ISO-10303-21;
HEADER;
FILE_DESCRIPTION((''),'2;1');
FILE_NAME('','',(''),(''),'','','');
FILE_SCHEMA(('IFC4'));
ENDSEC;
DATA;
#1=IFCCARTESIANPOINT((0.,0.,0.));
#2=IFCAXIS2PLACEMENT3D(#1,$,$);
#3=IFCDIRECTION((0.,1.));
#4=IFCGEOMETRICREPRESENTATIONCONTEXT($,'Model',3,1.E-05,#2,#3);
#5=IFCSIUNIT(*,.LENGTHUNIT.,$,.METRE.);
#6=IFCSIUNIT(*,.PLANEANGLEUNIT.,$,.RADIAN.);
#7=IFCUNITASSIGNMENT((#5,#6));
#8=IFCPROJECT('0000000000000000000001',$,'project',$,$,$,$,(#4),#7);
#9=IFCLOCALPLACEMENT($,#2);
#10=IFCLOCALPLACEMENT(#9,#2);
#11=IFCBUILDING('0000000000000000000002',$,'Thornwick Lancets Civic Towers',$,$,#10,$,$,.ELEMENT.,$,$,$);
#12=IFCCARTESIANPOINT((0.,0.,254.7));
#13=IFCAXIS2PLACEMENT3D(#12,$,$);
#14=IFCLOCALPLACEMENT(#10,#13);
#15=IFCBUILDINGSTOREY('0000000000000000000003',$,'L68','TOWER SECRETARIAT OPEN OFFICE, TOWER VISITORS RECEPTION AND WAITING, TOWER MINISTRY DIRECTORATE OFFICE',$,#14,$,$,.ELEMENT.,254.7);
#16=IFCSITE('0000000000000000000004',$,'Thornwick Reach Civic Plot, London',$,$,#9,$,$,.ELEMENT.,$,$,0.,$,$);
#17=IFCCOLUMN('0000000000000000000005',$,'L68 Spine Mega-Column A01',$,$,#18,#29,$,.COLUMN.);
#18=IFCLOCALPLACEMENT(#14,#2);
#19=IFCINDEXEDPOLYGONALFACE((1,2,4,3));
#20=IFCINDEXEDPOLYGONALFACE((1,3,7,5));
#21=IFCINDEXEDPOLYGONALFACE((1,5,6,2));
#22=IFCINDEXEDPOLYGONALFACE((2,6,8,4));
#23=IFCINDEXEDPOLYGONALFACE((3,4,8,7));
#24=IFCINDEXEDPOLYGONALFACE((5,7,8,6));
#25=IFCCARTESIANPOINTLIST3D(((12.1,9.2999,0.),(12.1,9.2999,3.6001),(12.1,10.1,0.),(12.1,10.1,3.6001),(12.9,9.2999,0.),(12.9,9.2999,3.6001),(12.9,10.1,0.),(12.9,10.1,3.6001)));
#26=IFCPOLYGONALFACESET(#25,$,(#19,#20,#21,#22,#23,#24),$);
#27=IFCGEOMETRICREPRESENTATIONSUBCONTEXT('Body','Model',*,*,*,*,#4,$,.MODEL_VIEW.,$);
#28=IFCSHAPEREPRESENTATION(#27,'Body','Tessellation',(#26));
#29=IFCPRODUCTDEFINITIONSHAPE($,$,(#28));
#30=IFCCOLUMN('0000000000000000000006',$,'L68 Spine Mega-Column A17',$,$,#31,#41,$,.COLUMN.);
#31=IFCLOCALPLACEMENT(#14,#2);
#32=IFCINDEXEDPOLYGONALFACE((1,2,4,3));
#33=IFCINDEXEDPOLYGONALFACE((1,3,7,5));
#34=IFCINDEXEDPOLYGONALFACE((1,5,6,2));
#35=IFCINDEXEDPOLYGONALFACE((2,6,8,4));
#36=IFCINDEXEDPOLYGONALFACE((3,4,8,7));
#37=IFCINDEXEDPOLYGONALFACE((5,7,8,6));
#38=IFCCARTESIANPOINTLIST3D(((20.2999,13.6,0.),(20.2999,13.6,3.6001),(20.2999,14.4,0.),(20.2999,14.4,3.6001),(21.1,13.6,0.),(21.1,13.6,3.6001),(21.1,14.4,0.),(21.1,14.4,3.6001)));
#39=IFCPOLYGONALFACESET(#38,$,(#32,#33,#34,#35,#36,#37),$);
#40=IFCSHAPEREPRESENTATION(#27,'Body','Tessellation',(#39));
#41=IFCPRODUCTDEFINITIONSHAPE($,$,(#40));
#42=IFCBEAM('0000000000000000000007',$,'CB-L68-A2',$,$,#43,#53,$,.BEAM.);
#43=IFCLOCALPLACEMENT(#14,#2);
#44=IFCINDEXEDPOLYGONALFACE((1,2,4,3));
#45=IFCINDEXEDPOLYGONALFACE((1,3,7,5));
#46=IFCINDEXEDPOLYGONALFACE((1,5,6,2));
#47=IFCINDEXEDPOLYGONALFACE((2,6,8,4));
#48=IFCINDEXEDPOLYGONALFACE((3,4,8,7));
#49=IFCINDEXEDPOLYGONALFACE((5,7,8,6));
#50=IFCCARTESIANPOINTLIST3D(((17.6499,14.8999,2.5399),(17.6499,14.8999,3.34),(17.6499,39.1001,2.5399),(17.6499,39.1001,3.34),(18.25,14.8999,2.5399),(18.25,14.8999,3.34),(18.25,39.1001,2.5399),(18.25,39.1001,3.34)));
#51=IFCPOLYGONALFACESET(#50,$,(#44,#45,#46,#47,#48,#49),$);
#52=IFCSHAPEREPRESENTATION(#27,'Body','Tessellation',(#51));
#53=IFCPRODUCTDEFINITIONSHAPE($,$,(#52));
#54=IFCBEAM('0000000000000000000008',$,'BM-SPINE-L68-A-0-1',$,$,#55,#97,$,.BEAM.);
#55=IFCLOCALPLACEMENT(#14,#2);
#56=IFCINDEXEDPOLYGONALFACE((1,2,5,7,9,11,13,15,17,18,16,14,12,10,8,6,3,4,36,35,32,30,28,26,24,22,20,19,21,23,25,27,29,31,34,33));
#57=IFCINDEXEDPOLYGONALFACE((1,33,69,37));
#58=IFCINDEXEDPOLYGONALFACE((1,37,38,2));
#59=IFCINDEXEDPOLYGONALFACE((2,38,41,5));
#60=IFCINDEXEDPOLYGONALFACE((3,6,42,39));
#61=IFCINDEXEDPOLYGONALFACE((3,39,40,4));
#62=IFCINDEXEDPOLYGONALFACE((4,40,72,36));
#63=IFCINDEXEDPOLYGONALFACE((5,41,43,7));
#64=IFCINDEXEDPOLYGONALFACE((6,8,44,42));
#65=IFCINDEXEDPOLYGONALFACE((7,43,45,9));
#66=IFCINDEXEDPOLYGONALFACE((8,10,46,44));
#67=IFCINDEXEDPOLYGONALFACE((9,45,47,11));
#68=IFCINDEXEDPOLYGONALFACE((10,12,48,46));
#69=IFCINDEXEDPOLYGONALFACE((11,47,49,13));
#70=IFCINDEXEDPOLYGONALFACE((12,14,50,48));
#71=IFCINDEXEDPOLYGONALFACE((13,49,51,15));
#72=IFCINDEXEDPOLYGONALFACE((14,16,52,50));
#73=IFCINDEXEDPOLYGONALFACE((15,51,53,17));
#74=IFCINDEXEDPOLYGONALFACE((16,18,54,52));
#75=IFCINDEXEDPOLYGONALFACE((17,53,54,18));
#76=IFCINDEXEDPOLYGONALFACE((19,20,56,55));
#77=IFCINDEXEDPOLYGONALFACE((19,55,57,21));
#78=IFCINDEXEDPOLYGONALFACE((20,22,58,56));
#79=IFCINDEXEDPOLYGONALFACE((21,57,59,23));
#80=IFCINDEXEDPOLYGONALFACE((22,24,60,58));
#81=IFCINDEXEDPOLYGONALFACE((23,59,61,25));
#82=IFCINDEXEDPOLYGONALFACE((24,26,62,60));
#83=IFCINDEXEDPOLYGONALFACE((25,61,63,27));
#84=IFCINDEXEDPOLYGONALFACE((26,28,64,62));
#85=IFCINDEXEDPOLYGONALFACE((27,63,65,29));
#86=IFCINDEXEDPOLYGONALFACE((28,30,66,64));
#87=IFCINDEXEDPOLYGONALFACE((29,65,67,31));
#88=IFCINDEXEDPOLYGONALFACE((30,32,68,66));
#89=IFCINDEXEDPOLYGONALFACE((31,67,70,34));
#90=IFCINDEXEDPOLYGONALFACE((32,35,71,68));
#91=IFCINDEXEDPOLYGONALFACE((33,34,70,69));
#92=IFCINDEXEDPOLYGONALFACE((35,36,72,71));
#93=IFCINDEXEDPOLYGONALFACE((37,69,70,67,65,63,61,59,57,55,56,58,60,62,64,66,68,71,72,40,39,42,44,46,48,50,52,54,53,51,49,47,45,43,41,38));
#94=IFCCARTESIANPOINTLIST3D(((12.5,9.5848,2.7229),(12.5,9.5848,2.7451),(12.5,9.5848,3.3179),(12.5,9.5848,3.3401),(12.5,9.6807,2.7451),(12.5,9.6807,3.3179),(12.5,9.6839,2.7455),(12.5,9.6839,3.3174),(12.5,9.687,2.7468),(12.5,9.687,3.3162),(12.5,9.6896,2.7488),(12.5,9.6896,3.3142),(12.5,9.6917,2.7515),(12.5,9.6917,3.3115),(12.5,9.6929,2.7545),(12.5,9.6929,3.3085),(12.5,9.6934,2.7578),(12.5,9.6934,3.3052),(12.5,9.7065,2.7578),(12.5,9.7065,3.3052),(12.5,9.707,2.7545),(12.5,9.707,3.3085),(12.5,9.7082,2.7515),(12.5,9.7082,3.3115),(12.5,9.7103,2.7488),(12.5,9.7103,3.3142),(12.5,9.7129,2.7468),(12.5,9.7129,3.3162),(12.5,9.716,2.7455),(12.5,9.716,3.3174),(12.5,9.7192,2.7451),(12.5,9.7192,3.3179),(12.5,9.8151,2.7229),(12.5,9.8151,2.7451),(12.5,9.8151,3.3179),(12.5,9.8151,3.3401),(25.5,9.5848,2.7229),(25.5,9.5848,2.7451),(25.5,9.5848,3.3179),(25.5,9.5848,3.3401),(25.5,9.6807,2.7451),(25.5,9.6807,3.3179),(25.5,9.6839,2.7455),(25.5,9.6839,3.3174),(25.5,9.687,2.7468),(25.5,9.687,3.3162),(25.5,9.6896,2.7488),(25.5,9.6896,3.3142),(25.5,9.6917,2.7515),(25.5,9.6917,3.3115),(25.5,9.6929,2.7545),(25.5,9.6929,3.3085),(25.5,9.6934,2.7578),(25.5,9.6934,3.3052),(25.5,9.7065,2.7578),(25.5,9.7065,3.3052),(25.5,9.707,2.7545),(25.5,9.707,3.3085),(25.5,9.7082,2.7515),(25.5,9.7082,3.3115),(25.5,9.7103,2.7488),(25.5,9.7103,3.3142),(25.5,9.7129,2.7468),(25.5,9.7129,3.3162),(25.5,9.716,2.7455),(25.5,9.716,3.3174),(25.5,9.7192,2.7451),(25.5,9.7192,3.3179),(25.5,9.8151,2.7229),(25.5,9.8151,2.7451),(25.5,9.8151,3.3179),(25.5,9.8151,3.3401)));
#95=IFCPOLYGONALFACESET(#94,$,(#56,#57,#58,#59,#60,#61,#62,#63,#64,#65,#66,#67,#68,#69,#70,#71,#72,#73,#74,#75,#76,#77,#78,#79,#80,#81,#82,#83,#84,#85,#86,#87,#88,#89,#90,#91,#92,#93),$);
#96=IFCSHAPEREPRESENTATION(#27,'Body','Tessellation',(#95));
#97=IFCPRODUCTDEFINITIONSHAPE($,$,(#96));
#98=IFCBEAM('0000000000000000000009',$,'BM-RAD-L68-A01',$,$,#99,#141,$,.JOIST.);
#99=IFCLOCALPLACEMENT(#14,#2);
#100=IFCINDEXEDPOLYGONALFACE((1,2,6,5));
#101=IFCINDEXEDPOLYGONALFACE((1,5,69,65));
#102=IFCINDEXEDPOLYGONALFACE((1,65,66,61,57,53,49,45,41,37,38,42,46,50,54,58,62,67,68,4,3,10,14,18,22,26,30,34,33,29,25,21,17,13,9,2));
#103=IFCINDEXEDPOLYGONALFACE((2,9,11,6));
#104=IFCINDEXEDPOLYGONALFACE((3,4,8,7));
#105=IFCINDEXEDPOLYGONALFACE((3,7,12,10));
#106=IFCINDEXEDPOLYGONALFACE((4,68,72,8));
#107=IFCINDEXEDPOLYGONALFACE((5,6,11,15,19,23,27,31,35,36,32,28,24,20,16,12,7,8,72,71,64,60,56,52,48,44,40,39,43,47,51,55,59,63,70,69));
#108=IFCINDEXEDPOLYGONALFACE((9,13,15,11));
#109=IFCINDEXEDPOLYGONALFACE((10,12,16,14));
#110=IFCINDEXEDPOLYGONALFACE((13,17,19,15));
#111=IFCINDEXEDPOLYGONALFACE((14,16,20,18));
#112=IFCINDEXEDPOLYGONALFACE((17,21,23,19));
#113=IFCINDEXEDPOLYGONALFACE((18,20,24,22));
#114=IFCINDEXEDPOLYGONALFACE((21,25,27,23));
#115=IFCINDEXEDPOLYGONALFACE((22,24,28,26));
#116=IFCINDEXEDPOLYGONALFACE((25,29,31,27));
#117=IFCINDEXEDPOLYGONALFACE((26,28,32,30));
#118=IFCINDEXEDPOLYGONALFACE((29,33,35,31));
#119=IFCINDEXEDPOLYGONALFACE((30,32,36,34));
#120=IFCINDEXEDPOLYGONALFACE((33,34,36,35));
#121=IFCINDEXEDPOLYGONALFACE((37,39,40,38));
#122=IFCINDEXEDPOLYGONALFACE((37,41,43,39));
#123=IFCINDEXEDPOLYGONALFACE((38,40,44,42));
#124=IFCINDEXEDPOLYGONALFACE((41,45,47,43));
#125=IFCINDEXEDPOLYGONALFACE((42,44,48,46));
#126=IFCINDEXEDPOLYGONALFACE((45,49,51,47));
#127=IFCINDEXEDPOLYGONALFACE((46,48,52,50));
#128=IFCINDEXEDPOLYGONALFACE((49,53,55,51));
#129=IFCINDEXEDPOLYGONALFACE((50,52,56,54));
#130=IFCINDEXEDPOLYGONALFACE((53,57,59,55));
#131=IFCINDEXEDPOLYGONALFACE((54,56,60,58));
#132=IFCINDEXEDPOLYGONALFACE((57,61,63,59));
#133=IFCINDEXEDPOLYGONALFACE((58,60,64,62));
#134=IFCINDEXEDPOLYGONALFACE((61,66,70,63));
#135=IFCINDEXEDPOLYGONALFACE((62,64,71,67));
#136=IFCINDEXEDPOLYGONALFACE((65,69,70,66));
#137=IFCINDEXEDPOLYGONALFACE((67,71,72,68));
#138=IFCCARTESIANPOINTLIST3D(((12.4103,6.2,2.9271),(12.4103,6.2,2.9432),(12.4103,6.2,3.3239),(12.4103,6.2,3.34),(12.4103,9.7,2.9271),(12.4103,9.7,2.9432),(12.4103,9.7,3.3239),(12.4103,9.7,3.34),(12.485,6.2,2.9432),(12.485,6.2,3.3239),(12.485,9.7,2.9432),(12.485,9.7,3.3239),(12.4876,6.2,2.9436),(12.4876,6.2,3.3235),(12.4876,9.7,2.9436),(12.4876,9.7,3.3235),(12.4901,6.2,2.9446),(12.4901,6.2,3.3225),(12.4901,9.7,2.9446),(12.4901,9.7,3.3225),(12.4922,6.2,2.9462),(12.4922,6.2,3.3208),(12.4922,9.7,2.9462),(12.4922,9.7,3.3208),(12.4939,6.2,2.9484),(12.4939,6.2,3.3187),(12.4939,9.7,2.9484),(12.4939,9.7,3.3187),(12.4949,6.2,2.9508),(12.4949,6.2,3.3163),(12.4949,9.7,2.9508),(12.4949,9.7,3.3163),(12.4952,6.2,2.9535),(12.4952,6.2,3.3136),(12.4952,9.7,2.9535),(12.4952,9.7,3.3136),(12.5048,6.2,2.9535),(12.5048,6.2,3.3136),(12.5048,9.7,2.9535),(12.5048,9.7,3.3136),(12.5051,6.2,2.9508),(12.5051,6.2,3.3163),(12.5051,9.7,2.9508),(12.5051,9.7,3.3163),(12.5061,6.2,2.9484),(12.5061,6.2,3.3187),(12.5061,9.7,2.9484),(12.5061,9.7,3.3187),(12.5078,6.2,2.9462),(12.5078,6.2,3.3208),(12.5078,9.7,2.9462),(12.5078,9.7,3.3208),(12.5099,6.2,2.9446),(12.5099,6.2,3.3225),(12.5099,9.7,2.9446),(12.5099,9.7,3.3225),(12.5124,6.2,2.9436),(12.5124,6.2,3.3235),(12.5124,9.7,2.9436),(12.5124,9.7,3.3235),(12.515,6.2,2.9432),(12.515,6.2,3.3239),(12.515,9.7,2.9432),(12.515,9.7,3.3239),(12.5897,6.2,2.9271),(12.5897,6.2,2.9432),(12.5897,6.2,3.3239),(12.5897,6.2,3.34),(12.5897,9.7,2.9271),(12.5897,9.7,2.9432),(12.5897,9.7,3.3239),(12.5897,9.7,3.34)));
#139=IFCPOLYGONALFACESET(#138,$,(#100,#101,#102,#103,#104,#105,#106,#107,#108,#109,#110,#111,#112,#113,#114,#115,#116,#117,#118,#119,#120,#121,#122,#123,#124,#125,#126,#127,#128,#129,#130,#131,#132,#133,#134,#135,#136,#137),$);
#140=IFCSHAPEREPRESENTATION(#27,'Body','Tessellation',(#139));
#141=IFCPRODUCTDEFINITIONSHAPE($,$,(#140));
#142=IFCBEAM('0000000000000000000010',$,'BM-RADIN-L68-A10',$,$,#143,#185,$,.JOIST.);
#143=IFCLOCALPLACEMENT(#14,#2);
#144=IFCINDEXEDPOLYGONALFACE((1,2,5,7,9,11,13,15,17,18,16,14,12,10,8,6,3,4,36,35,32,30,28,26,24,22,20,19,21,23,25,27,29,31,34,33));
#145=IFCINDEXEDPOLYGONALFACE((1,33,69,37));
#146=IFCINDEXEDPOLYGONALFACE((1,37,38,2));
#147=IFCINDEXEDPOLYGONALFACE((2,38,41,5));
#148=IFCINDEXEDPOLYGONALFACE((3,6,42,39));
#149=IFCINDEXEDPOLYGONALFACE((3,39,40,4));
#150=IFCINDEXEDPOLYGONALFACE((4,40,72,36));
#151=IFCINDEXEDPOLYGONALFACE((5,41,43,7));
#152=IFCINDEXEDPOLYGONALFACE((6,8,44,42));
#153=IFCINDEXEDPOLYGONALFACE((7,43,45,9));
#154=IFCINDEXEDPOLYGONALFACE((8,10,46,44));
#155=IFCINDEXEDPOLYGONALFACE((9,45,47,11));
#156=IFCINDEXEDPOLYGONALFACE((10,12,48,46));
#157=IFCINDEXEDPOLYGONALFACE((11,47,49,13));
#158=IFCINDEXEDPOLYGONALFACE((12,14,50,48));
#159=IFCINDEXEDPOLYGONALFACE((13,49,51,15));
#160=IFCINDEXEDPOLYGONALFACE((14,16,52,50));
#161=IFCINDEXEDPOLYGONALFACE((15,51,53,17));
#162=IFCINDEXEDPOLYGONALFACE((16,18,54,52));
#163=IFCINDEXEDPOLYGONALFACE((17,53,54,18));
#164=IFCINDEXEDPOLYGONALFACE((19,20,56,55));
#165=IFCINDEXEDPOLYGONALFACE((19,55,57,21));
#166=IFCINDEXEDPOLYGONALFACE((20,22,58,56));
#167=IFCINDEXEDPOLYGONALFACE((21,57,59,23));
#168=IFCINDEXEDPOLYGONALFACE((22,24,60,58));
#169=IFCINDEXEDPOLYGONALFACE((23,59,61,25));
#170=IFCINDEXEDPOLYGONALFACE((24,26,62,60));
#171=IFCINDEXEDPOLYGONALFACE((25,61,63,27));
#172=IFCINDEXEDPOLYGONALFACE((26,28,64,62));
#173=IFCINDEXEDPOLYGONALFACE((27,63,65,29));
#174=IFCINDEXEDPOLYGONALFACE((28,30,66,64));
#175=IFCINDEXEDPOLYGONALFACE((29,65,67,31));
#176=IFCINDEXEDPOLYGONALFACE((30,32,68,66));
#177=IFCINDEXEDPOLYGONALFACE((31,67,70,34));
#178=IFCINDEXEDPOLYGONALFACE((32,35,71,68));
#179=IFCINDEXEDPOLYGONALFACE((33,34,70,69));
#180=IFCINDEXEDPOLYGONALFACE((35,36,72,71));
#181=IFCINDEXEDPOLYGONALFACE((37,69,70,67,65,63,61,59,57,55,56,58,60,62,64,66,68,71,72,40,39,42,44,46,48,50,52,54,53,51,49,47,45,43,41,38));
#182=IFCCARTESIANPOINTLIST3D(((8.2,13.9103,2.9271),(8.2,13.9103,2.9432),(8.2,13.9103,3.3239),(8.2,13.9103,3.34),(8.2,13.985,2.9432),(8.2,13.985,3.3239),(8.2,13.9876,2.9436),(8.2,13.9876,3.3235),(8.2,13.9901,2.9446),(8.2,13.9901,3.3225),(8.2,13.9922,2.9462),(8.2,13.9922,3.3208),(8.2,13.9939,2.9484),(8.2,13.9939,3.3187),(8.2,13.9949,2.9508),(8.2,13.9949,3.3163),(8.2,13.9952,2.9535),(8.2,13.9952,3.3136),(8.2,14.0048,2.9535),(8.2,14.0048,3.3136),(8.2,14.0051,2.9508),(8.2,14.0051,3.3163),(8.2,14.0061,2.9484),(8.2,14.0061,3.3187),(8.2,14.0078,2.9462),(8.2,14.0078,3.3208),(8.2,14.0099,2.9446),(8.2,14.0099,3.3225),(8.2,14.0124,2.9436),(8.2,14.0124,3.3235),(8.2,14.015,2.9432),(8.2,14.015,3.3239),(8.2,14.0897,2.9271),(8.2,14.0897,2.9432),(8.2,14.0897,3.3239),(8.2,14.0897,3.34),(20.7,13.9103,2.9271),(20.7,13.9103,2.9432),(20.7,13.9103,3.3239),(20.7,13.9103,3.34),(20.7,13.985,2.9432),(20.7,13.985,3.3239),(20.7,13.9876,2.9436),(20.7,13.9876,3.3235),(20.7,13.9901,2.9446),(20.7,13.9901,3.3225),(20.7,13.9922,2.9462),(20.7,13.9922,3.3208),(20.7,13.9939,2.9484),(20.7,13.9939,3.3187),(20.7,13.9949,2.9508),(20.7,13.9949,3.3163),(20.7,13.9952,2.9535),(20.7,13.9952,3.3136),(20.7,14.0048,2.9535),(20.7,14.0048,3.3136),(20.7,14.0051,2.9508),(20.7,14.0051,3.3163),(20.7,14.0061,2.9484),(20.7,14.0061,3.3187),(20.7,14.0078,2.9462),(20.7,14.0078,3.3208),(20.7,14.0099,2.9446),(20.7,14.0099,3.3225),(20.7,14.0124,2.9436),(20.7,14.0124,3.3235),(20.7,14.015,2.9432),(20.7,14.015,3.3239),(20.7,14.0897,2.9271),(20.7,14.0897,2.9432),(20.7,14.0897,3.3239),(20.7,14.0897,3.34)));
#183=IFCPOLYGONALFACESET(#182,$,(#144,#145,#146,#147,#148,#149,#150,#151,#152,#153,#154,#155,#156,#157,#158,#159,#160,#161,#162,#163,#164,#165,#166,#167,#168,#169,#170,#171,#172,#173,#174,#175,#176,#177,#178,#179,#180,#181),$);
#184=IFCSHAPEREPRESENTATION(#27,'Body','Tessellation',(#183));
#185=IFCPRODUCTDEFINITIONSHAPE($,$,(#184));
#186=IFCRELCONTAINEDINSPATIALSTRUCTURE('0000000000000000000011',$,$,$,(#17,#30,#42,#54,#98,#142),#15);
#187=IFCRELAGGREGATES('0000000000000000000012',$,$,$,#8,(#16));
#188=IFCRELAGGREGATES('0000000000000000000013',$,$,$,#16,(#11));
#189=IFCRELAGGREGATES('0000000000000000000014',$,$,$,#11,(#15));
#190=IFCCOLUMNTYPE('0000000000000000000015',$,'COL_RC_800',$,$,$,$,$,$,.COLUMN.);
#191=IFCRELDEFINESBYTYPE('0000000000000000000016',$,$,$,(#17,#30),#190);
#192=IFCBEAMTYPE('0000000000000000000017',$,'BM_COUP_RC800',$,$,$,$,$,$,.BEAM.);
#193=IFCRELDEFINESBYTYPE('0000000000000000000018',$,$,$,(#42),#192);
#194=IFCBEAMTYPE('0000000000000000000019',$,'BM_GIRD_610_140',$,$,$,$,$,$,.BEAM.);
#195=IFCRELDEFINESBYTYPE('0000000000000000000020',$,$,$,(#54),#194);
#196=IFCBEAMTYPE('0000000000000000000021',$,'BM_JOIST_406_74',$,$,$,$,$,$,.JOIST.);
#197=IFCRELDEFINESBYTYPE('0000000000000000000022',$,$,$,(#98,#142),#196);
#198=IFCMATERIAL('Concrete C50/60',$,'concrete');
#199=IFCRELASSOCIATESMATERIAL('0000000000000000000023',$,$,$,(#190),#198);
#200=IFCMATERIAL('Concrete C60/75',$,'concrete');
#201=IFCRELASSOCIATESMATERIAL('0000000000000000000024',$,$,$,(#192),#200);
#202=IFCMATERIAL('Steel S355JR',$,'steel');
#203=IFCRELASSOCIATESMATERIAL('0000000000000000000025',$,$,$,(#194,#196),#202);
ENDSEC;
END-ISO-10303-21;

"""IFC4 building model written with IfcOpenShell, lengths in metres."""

from ifc_helpers import new_model, si_unit, direction, frame, origin, origin_2d, place, context, subcontext, project, spatial, rectangle, i_section, extrude, material, material_profile, profile_set, type_object, element, save


model = new_model("IFC4")

# Units and contexts
model_context = context("Model", 3, precision=1e-05, world=origin(), true_north=direction((0.0, 1.0)))
body_context = subcontext(model_context, "Body", "Model", "MODEL_VIEW")
ifc_project = project(units=[si_unit("LENGTHUNIT", "METRE"), si_unit("PLANEANGLEUNIT", "RADIAN")], contexts=[model_context])

# Site, building, storey
site_placement = place(None, origin())
site = spatial("IfcSite", under=ifc_project, at=site_placement, Name="Thornwick Reach Civic Plot, London", CompositionType="ELEMENT", RefElevation=0.0)
building_placement = place(site_placement, origin())
building = spatial("IfcBuilding", under=site, at=building_placement, Name="Thornwick Lancets Civic Towers", CompositionType="ELEMENT")
storey_placement = place(building_placement, frame((0.0, 0.0, 254.7)))
storey = spatial("IfcBuildingStorey", under=building, at=storey_placement, Name="L68", Description="TOWER SECRETARIAT OPEN OFFICE, TOWER VISITORS RECEPTION AND WAITING, TOWER MINISTRY DIRECTORATE OFFICE", CompositionType="ELEMENT", Elevation=254.7)

# Columns
ifc_material_1 = material(Name="Concrete C50/60", Category="concrete")
ifc_material_profile_1 = material_profile(ifc_material_1, rectangle(XDim=0.8, YDim=0.8, at=origin_2d()), Name="RC 800x800")
ifc_profile_set_1 = profile_set([ifc_material_profile_1], Name="Concrete C50/60")
column_type = type_object("IfcColumnType", Name="COL_RC_800", PredefinedType="COLUMN", material=ifc_profile_set_1)
for number, where, z_axis, x_axis, name in (
    (1, (12.5, 9.7, 0.0), (0.0, 0.0, 1.0), (1.0, 0.0, 0.0), "L68 Spine Mega-Column A01"),
    (2, (20.7, 14.0, 0.0), (0.0, 0.0, 1.0), (1.0, 0.0, 0.0), "L68 Spine Mega-Column A17"),
):
    element("IfcColumn", number, at=place(storey_placement, frame(where, z_axis=z_axis, x_axis=x_axis)), inside=storey, type_object=column_type, Name=name, PredefinedType="COLUMN", context=body_context, shape_type="SweptSolid", body=[
        extrude(rectangle(XDim=0.8, YDim=0.8, at=origin_2d()), origin(), (0.0, 0.0, 1.0), 3.6001),
    ])

# Beams
ifc_material_2 = material(Name="Concrete C60/75", Category="concrete")
ifc_material_profile_2 = material_profile(ifc_material_2, rectangle(XDim=0.6001, YDim=0.8, at=origin_2d()), Name="RC 600x800")
ifc_profile_set_2 = profile_set([ifc_material_profile_2], Name="Concrete C60/75")
beam_type_1 = type_object("IfcBeamType", Name="BM_COUP_RC800", PredefinedType="BEAM", material=ifc_profile_set_2)
beam_1_placement = place(storey_placement, frame((17.95, 14.8999, 2.9399), z_axis=(0.0, 1.0, 0.0), x_axis=(-1.0, 0.0, 0.0)))
element("IfcBeam", 3, at=beam_1_placement, inside=storey, type_object=beam_type_1, Name="CB-L68-A2", PredefinedType="BEAM", context=body_context, shape_type="SweptSolid", body=[
    extrude(rectangle(XDim=0.6001, YDim=0.8, at=origin_2d()), origin(), (0.0, 0.0, 1.0), 24.2002),
])
ifc_material_3 = material(Name="Steel S355JR", Category="steel")
ifc_material_profile_3 = material_profile(ifc_material_3, i_section(OverallWidth=0.2302, OverallDepth=0.6172, WebThickness=0.0132, FlangeThickness=0.0222, FilletRadius=0.0127, at=origin_2d()), Name="UKB 610x229x140")
ifc_profile_set_3 = profile_set([ifc_material_profile_3], Name="Steel S355JR")
beam_type_2 = type_object("IfcBeamType", Name="BM_GIRD_610_140", PredefinedType="BEAM", material=ifc_profile_set_3)
beam_2_placement = place(storey_placement, frame((12.5, 9.7, 3.0315), z_axis=(1.0, 0.0, 0.0), x_axis=(0.0, 1.0, 0.0)))
element("IfcBeam", 4, at=beam_2_placement, inside=storey, type_object=beam_type_2, Name="BM-SPINE-L68-A-0-1", PredefinedType="BEAM", context=body_context, shape_type="SweptSolid", body=[
    extrude(i_section(OverallWidth=0.2302, OverallDepth=0.6172, WebThickness=0.0132, FlangeThickness=0.0222, FilletRadius=0.0127, at=origin_2d()), origin(), (0.0, 0.0, 1.0), 13.0),
])
ifc_material_profile_4 = material_profile(ifc_material_3, i_section(OverallWidth=0.1794, OverallDepth=0.4128, WebThickness=0.0095, FlangeThickness=0.0161, FilletRadius=0.0103, at=origin_2d()), Name="UKB 406x178x74")
ifc_profile_set_4 = profile_set([ifc_material_profile_4], Name="Steel S355JR")
beam_type_3 = type_object("IfcBeamType", Name="BM_JOIST_406_74", PredefinedType="JOIST", material=ifc_profile_set_4)
beam_3_placement = place(storey_placement, frame((12.5, 9.7, 3.1335), z_axis=(0.0, -1.0, 0.0), x_axis=(1.0, 0.0, 0.0)))
element("IfcBeam", 5, at=beam_3_placement, inside=storey, type_object=beam_type_3, Name="BM-RAD-L68-A01", PredefinedType="JOIST", context=body_context, shape_type="SweptSolid", body=[
    extrude(i_section(OverallWidth=0.1794, OverallDepth=0.4128, WebThickness=0.0095, FlangeThickness=0.0161, FilletRadius=0.0103, at=origin_2d()), origin(), (0.0, 0.0, 1.0), 3.5),
])
beam_4_placement = place(storey_placement, frame((20.7, 14.0, 3.1335), z_axis=(-1.0, 0.0, 0.0), x_axis=(0.0, -1.0, 0.0)))
element("IfcBeam", 6, at=beam_4_placement, inside=storey, type_object=beam_type_3, Name="BM-RADIN-L68-A10", PredefinedType="JOIST", context=body_context, shape_type="SweptSolid", body=[
    extrude(i_section(OverallWidth=0.1794, OverallDepth=0.4128, WebThickness=0.0095, FlangeThickness=0.0161, FilletRadius=0.0103, at=origin_2d()), origin(), (0.0, 0.0, 1.0), 12.5),
])

save(model, "model.ifc")
